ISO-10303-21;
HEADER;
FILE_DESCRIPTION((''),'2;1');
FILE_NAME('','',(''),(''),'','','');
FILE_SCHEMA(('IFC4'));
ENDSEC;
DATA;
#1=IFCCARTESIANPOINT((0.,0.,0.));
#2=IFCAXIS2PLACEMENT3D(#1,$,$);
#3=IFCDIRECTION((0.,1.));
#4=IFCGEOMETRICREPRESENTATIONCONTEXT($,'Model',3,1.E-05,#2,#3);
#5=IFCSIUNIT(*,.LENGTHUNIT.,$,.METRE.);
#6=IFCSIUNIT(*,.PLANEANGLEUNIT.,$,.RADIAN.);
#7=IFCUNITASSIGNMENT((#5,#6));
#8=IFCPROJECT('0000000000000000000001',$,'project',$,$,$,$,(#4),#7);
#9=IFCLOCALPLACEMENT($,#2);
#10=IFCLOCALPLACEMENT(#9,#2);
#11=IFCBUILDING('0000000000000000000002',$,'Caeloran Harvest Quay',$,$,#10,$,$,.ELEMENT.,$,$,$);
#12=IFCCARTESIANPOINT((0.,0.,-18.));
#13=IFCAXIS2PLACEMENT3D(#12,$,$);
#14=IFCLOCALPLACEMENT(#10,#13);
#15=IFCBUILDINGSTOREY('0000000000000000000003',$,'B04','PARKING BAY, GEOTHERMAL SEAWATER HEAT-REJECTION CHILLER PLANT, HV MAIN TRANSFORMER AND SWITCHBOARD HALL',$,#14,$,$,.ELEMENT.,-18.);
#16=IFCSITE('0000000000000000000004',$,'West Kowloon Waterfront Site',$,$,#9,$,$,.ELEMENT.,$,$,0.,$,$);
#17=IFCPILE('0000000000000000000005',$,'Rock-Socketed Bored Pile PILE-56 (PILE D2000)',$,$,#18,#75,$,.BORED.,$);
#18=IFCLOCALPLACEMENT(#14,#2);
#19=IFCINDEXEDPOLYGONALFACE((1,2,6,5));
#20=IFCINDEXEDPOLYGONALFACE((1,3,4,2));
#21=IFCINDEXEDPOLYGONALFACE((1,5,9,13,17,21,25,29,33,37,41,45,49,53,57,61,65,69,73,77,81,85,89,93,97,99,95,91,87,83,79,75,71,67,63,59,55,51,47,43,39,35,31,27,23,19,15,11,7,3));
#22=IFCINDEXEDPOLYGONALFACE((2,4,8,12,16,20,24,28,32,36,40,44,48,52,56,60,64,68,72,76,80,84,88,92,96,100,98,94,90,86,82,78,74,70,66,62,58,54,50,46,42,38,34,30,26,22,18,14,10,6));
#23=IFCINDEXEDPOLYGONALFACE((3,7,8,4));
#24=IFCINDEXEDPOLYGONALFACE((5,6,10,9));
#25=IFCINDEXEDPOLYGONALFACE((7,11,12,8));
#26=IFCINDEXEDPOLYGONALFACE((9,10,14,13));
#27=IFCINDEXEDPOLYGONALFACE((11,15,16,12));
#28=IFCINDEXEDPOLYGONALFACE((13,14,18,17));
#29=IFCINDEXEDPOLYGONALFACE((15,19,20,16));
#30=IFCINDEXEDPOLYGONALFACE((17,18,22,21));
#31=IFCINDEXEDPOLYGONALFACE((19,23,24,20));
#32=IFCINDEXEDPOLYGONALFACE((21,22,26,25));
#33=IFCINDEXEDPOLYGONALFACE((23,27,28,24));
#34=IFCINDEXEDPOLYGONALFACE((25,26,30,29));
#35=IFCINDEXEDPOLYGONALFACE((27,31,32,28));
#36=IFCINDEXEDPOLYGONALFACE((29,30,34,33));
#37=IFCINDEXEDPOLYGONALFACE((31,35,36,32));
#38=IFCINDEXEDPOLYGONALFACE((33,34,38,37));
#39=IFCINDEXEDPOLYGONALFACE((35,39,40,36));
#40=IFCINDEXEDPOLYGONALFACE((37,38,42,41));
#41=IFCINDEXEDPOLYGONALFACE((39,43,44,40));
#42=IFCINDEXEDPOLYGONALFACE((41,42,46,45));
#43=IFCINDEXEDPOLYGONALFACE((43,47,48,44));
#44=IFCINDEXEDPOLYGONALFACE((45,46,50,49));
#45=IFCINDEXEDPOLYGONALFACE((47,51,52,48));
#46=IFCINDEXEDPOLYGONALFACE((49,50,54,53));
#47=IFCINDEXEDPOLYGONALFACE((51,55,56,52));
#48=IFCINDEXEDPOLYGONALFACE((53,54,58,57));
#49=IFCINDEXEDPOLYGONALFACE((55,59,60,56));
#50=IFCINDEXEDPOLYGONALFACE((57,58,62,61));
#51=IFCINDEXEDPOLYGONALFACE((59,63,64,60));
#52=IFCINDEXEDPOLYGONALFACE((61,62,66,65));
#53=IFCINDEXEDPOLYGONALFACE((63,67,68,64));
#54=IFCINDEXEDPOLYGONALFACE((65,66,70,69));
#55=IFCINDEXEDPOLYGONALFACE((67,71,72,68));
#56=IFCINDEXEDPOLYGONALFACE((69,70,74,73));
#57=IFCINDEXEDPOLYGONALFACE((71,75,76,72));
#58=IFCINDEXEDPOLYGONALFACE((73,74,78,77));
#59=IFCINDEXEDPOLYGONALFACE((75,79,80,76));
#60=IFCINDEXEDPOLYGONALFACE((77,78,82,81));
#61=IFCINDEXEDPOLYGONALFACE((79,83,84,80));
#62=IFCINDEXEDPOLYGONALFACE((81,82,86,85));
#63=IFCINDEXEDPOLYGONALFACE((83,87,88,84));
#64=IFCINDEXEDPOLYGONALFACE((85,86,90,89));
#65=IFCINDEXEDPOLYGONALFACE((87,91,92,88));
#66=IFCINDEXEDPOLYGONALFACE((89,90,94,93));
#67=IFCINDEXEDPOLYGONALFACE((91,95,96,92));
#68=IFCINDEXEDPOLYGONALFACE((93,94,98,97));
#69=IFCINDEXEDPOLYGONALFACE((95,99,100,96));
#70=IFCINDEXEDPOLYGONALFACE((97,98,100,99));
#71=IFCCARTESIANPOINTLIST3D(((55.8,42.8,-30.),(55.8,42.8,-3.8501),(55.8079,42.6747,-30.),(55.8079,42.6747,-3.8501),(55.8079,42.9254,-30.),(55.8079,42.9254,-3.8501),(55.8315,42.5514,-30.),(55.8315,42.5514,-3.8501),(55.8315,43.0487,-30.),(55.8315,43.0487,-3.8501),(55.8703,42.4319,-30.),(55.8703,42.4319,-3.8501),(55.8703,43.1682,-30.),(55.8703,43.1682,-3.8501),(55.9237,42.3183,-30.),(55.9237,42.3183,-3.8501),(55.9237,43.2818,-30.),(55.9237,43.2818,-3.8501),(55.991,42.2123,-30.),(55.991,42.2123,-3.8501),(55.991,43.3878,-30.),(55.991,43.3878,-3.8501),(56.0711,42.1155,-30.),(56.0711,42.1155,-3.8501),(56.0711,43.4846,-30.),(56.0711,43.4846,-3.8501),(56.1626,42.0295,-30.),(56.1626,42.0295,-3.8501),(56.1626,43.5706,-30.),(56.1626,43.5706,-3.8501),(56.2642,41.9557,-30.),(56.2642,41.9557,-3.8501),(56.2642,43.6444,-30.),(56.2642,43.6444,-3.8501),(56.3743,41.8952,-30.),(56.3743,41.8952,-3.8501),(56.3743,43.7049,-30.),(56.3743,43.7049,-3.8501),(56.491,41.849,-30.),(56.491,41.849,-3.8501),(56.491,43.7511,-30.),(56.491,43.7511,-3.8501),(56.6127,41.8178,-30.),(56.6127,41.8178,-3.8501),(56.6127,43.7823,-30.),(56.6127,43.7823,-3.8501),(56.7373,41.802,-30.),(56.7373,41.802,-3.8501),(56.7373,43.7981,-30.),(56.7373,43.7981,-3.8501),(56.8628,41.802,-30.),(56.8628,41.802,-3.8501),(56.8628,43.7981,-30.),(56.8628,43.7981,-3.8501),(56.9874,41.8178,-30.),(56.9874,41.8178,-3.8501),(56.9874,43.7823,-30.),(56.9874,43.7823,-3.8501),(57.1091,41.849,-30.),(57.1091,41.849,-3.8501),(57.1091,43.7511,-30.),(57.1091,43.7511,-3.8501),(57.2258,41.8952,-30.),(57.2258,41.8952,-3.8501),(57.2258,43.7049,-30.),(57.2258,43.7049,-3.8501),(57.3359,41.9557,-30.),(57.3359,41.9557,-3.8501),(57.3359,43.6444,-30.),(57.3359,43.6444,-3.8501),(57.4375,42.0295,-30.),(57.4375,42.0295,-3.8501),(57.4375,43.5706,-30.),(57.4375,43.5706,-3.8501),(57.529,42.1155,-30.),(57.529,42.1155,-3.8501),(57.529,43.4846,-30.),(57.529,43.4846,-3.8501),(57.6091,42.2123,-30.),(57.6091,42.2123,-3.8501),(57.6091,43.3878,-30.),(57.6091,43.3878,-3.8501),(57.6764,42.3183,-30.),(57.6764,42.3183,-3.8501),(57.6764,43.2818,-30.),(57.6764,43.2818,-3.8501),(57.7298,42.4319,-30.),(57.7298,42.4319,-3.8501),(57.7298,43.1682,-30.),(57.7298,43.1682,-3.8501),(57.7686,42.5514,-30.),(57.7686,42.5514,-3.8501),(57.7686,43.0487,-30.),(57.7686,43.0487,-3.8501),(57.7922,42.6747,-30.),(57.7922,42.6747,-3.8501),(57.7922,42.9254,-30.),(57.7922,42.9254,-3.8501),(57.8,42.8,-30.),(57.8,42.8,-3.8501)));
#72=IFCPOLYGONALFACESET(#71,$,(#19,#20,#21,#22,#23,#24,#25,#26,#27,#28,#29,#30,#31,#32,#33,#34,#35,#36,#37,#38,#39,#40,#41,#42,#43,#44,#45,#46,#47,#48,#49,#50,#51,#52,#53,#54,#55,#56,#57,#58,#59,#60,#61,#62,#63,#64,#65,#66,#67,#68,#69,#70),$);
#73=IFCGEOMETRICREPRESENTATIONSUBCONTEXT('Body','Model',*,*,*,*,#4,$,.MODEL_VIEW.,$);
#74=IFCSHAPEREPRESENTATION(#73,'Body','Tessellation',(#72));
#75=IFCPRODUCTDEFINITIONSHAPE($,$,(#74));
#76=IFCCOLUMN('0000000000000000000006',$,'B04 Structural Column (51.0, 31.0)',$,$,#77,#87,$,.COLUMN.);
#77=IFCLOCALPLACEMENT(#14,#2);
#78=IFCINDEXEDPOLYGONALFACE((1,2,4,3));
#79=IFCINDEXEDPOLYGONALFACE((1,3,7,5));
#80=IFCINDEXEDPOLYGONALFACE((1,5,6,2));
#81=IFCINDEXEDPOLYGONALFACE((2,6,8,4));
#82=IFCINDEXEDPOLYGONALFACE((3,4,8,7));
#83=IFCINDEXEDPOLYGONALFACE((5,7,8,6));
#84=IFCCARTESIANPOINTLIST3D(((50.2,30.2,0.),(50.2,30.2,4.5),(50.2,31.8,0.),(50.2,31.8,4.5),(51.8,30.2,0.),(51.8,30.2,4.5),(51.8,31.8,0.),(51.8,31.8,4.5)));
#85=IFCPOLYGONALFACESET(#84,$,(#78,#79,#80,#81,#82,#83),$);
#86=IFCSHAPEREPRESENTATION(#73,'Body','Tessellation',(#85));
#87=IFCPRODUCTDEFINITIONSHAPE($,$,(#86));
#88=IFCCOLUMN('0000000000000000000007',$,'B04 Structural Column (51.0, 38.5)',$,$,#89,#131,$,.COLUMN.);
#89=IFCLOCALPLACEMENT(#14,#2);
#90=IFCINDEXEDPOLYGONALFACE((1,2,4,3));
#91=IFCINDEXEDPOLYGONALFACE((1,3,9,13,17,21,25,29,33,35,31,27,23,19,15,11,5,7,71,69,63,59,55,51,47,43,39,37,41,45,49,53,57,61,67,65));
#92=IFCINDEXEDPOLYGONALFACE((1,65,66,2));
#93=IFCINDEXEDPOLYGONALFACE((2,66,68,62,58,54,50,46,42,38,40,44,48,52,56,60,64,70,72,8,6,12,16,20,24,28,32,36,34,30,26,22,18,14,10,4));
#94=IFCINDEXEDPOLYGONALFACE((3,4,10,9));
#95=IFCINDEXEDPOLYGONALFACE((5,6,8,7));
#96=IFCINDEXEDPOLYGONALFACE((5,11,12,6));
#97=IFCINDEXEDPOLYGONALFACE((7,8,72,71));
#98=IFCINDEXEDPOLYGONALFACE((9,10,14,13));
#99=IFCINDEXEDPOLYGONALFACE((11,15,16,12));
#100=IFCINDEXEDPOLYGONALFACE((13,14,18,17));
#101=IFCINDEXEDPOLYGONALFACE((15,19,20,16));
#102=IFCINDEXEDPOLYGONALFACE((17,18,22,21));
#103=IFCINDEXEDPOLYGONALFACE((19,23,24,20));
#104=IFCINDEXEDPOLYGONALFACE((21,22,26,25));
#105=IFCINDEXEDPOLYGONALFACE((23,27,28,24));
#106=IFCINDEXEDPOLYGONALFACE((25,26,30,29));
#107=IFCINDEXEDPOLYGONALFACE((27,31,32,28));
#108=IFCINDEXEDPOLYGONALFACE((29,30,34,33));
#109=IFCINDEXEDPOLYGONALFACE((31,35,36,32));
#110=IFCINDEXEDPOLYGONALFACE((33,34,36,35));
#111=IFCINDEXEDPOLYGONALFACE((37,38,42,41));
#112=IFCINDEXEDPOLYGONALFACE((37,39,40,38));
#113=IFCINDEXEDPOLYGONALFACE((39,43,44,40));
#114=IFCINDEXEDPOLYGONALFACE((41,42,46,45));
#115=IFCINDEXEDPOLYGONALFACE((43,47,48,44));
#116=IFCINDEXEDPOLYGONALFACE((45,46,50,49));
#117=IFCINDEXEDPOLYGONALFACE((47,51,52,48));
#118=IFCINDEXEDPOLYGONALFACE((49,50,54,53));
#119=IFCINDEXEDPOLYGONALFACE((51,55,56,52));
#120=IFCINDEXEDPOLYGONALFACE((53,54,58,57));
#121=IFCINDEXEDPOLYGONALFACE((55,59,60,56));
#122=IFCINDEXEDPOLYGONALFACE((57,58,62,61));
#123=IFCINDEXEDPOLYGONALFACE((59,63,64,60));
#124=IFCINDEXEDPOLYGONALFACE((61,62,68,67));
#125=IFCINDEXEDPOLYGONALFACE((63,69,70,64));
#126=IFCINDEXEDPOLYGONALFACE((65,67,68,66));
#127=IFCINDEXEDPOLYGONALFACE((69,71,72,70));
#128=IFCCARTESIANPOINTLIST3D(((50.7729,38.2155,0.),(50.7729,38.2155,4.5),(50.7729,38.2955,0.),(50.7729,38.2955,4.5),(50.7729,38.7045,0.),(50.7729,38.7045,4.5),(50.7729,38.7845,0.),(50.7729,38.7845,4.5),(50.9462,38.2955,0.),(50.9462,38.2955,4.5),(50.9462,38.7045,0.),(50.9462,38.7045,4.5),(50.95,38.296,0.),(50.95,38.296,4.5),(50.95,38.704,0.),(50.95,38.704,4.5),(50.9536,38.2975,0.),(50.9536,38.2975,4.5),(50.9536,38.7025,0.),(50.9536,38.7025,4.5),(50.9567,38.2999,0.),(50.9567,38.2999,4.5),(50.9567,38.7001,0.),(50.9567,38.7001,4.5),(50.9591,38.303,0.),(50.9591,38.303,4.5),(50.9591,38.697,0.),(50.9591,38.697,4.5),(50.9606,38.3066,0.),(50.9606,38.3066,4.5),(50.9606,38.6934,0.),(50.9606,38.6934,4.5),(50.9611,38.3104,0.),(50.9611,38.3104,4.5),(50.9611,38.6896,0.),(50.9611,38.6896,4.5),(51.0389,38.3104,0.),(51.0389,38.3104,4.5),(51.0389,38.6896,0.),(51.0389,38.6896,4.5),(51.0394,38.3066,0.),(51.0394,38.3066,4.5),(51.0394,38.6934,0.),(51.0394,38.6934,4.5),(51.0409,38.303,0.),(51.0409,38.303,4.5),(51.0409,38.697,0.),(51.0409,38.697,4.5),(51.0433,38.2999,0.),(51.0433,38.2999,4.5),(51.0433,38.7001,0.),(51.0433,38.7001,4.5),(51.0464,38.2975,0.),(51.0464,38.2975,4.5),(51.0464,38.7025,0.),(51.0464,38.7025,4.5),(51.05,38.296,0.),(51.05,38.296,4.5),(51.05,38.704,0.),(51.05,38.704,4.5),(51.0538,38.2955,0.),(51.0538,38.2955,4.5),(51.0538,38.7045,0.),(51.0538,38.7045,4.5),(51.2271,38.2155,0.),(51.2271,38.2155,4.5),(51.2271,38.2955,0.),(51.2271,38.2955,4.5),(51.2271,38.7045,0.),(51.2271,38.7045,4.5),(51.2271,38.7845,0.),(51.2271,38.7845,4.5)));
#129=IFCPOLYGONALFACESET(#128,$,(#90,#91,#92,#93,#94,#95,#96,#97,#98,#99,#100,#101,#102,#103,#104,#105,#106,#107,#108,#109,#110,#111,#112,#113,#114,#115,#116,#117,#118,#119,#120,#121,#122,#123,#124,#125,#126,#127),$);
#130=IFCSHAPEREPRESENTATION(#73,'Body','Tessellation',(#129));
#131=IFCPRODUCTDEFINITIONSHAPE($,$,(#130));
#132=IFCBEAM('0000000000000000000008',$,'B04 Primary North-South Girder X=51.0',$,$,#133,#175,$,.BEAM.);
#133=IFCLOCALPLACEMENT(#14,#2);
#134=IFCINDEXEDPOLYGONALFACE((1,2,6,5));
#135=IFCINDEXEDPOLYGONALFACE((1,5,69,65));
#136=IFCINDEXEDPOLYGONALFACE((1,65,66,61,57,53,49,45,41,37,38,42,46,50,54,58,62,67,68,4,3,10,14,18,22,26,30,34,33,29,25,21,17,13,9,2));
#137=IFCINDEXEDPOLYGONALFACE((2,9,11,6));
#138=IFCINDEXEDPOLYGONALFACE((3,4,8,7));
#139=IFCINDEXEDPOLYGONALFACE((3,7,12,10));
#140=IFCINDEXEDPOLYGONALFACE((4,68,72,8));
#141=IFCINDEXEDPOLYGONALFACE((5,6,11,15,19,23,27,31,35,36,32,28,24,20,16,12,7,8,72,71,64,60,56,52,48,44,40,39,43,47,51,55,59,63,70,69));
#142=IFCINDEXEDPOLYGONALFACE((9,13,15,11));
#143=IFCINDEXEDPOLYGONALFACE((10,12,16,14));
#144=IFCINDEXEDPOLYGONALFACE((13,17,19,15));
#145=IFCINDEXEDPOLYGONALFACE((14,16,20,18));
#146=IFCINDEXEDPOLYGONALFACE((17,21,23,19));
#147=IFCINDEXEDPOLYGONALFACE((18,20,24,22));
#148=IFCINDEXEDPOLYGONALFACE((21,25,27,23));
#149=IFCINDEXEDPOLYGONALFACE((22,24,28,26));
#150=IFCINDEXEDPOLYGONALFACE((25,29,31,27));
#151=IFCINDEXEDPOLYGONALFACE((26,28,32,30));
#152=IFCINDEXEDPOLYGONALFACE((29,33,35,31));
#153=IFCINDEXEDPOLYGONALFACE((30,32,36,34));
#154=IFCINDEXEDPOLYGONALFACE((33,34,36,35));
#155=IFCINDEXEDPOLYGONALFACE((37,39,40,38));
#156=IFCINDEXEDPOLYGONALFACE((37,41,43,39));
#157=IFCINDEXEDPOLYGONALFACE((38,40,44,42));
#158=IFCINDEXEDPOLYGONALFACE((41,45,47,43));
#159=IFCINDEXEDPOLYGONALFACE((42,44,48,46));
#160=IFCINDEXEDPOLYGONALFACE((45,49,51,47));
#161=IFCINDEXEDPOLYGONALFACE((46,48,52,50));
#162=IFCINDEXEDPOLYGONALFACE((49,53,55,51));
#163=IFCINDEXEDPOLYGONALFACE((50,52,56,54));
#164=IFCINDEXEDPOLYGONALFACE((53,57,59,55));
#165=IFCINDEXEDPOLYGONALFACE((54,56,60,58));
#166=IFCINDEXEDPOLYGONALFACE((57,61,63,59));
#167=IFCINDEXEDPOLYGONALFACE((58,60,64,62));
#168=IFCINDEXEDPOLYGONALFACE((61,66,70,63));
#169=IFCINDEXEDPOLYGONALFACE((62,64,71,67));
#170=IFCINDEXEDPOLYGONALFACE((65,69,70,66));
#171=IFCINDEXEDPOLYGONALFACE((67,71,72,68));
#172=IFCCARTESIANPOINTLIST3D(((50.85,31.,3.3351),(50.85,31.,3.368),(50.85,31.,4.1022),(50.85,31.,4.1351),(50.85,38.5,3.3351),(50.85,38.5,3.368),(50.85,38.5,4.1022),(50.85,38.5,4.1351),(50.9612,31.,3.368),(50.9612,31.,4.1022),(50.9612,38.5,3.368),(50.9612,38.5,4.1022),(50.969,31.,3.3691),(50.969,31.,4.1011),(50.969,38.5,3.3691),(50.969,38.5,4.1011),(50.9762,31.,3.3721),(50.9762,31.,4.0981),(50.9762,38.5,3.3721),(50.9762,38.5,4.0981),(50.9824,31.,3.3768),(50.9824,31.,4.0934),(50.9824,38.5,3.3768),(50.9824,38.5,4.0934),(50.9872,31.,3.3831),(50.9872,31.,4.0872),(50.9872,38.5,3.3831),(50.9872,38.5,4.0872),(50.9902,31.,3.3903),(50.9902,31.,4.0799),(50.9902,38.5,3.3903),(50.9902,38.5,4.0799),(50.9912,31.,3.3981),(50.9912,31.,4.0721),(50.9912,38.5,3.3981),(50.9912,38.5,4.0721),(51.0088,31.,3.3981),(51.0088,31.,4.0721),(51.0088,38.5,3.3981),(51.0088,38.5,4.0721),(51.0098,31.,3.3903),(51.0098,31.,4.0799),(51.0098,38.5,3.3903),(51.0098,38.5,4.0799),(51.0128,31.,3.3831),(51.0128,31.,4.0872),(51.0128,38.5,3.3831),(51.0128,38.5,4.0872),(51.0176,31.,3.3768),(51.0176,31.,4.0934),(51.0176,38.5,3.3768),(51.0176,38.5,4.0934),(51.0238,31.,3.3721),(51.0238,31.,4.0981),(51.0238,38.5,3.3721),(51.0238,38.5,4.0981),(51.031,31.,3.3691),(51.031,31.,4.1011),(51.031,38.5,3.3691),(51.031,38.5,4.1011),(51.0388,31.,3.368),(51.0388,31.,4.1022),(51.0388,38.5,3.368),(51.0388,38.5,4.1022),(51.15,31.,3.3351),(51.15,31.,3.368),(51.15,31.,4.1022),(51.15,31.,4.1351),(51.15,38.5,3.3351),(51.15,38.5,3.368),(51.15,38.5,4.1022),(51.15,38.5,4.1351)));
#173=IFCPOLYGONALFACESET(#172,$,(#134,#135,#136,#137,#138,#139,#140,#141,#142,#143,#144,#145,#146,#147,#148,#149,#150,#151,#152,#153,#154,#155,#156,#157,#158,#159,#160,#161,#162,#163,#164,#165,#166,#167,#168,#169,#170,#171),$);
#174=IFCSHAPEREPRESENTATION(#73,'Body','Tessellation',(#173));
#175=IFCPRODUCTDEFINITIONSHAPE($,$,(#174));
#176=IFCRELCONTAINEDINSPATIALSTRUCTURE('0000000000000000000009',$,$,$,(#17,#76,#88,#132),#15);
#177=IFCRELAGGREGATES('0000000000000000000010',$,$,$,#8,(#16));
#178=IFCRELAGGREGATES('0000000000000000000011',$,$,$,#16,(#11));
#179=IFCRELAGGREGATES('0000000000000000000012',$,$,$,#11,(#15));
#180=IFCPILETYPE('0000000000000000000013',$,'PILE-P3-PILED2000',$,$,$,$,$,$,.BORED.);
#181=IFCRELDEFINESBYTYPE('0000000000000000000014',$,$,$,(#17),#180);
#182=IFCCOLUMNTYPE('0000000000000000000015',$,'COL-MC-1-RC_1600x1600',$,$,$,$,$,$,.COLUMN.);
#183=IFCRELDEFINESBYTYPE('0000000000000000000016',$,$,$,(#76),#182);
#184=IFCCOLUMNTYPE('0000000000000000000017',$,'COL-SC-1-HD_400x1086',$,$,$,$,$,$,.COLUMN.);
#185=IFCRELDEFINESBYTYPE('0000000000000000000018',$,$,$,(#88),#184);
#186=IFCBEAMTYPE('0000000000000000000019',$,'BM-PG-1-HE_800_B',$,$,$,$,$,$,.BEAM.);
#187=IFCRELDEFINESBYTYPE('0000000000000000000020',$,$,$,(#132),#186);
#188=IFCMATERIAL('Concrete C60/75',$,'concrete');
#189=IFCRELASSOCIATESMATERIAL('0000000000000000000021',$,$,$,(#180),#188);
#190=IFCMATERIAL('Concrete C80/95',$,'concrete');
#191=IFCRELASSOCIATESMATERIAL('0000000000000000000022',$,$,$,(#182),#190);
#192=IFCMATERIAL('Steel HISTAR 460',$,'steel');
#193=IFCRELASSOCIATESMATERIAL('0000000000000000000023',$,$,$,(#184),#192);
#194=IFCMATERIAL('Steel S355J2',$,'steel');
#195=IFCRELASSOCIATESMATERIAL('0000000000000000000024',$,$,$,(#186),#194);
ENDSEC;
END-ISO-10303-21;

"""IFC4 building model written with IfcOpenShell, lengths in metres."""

from ifc_helpers import new_model, si_unit, direction, frame, origin, origin_2d, place, context, subcontext, project, spatial, rectangle, circle, i_section, extrude, material, material_profile, profile_set, type_object, element, save


model = new_model("IFC4")

# Units and contexts
model_context = context("Model", 3, precision=1e-05, world=origin(), true_north=direction((0.0, 1.0)))
body_context = subcontext(model_context, "Body", "Model", "MODEL_VIEW")
ifc_project = project(units=[si_unit("LENGTHUNIT", "METRE"), si_unit("PLANEANGLEUNIT", "RADIAN")], contexts=[model_context])

# Site, building, storey
site_placement = place(None, origin())
site = spatial("IfcSite", under=ifc_project, at=site_placement, Name="West Kowloon Waterfront Site", CompositionType="ELEMENT", RefElevation=0.0)
building_placement = place(site_placement, origin())
building = spatial("IfcBuilding", under=site, at=building_placement, Name="Caeloran Harvest Quay", CompositionType="ELEMENT")
storey_placement = place(building_placement, frame((0.0, 0.0, -18.0)))
storey = spatial("IfcBuildingStorey", under=building, at=storey_placement, Name="B04", Description="PARKING BAY, GEOTHERMAL SEAWATER HEAT-REJECTION CHILLER PLANT, HV MAIN TRANSFORMER AND SWITCHBOARD HALL", CompositionType="ELEMENT", Elevation=-18.0)

# Pile
ifc_material_1 = material(Name="Concrete C60/75", Category="concrete")
ifc_material_profile_1 = material_profile(ifc_material_1, circle(Radius=1.0, at=origin_2d()), Name="PILE D2000")
ifc_profile_set_1 = profile_set([ifc_material_profile_1], Name="Concrete C60/75")
pile_type_1 = type_object("IfcPileType", Name="PILE-P3-PILED2000", PredefinedType="BORED", material=ifc_profile_set_1)
for number, where, z_axis, x_axis, name in (
    (1, (56.8, 42.8, -3.8501), (0.0, 0.0, -1.0), (1.0, 0.0, 0.0), "Rock-Socketed Bored Pile PILE-56 (PILE D2000)"),
):
    element("IfcPile", number, at=place(storey_placement, frame(where, z_axis=z_axis, x_axis=x_axis)), inside=storey, type_object=pile_type_1, Name=name, PredefinedType="BORED", context=body_context, shape_type="SweptSolid", body=[
        extrude(circle(Radius=1.0, at=origin_2d()), origin(), (0.0, 0.0, 1.0), 26.1499),
    ])

# Columns
ifc_material_2 = material(Name="Concrete C80/95", Category="concrete")
ifc_material_profile_2 = material_profile(ifc_material_2, rectangle(XDim=1.6001, YDim=1.6001, at=origin_2d()), Name="RC 1600x1600")
ifc_profile_set_2 = profile_set([ifc_material_profile_2], Name="Concrete C80/95")
column_type_1 = type_object("IfcColumnType", Name="COL-MC-1-RC_1600x1600", PredefinedType="COLUMN", material=ifc_profile_set_2)
column_1_placement = place(storey_placement, frame((51.0, 31.0, 0.0), z_axis=(0.0, 0.0, 1.0), x_axis=(1.0, 0.0, 0.0)))
element("IfcColumn", 2, at=column_1_placement, inside=storey, type_object=column_type_1, Name="B04 Structural Column (51.0, 31.0)", PredefinedType="COLUMN", context=body_context, shape_type="SweptSolid", body=[
    extrude(rectangle(XDim=1.6001, YDim=1.6001, at=origin_2d()), origin(), (0.0, 0.0, 1.0), 4.5),
])
ifc_material_3 = material(Name="Steel HISTAR 460", Category="steel")
ifc_material_profile_3 = material_profile(ifc_material_3, i_section(OverallWidth=0.4541, OverallDepth=0.5691, WebThickness=0.0779, FlangeThickness=0.0801, FilletRadius=0.0149, at=origin_2d()), Name="HD 400x1086")
ifc_profile_set_3 = profile_set([ifc_material_profile_3], Name="Steel HISTAR 460")
column_type_2 = type_object("IfcColumnType", Name="COL-SC-1-HD_400x1086", PredefinedType="COLUMN", material=ifc_profile_set_3)
column_2_placement = place(storey_placement, frame((51.0, 38.5, 0.0), z_axis=(0.0, 0.0, 1.0), x_axis=(1.0, 0.0, 0.0)))
element("IfcColumn", 3, at=column_2_placement, inside=storey, type_object=column_type_2, Name="B04 Structural Column (51.0, 38.5)", PredefinedType="COLUMN", context=body_context, shape_type="SweptSolid", body=[
    extrude(i_section(OverallWidth=0.4541, OverallDepth=0.5691, WebThickness=0.0779, FlangeThickness=0.0801, FilletRadius=0.0149, at=origin_2d()), origin(), (0.0, 0.0, 1.0), 4.5),
])

# Beam
ifc_material_4 = material(Name="Steel S355J2", Category="steel")
ifc_material_profile_4 = material_profile(ifc_material_4, i_section(OverallWidth=0.3, OverallDepth=0.8, WebThickness=0.0176, FlangeThickness=0.033, FilletRadius=0.03, at=origin_2d()), Name="HE 800 B")
ifc_profile_set_4 = profile_set([ifc_material_profile_4], Name="Steel S355J2")
beam_type_1 = type_object("IfcBeamType", Name="BM-PG-1-HE_800_B", PredefinedType="BEAM", material=ifc_profile_set_4)
beam_1_placement = place(storey_placement, frame((51.0, 31.0, 3.7351), z_axis=(0.0, 1.0, 0.0), x_axis=(-1.0, 0.0, 0.0)))
element("IfcBeam", 4, at=beam_1_placement, inside=storey, type_object=beam_type_1, Name="B04 Primary North-South Girder X=51.0", PredefinedType="BEAM", context=body_context, shape_type="SweptSolid", body=[
    extrude(i_section(OverallWidth=0.3, OverallDepth=0.8, WebThickness=0.0176, FlangeThickness=0.033, FilletRadius=0.03, at=origin_2d()), origin(), (0.0, 0.0, 1.0), 7.5),
])

save(model, "model.ifc")
